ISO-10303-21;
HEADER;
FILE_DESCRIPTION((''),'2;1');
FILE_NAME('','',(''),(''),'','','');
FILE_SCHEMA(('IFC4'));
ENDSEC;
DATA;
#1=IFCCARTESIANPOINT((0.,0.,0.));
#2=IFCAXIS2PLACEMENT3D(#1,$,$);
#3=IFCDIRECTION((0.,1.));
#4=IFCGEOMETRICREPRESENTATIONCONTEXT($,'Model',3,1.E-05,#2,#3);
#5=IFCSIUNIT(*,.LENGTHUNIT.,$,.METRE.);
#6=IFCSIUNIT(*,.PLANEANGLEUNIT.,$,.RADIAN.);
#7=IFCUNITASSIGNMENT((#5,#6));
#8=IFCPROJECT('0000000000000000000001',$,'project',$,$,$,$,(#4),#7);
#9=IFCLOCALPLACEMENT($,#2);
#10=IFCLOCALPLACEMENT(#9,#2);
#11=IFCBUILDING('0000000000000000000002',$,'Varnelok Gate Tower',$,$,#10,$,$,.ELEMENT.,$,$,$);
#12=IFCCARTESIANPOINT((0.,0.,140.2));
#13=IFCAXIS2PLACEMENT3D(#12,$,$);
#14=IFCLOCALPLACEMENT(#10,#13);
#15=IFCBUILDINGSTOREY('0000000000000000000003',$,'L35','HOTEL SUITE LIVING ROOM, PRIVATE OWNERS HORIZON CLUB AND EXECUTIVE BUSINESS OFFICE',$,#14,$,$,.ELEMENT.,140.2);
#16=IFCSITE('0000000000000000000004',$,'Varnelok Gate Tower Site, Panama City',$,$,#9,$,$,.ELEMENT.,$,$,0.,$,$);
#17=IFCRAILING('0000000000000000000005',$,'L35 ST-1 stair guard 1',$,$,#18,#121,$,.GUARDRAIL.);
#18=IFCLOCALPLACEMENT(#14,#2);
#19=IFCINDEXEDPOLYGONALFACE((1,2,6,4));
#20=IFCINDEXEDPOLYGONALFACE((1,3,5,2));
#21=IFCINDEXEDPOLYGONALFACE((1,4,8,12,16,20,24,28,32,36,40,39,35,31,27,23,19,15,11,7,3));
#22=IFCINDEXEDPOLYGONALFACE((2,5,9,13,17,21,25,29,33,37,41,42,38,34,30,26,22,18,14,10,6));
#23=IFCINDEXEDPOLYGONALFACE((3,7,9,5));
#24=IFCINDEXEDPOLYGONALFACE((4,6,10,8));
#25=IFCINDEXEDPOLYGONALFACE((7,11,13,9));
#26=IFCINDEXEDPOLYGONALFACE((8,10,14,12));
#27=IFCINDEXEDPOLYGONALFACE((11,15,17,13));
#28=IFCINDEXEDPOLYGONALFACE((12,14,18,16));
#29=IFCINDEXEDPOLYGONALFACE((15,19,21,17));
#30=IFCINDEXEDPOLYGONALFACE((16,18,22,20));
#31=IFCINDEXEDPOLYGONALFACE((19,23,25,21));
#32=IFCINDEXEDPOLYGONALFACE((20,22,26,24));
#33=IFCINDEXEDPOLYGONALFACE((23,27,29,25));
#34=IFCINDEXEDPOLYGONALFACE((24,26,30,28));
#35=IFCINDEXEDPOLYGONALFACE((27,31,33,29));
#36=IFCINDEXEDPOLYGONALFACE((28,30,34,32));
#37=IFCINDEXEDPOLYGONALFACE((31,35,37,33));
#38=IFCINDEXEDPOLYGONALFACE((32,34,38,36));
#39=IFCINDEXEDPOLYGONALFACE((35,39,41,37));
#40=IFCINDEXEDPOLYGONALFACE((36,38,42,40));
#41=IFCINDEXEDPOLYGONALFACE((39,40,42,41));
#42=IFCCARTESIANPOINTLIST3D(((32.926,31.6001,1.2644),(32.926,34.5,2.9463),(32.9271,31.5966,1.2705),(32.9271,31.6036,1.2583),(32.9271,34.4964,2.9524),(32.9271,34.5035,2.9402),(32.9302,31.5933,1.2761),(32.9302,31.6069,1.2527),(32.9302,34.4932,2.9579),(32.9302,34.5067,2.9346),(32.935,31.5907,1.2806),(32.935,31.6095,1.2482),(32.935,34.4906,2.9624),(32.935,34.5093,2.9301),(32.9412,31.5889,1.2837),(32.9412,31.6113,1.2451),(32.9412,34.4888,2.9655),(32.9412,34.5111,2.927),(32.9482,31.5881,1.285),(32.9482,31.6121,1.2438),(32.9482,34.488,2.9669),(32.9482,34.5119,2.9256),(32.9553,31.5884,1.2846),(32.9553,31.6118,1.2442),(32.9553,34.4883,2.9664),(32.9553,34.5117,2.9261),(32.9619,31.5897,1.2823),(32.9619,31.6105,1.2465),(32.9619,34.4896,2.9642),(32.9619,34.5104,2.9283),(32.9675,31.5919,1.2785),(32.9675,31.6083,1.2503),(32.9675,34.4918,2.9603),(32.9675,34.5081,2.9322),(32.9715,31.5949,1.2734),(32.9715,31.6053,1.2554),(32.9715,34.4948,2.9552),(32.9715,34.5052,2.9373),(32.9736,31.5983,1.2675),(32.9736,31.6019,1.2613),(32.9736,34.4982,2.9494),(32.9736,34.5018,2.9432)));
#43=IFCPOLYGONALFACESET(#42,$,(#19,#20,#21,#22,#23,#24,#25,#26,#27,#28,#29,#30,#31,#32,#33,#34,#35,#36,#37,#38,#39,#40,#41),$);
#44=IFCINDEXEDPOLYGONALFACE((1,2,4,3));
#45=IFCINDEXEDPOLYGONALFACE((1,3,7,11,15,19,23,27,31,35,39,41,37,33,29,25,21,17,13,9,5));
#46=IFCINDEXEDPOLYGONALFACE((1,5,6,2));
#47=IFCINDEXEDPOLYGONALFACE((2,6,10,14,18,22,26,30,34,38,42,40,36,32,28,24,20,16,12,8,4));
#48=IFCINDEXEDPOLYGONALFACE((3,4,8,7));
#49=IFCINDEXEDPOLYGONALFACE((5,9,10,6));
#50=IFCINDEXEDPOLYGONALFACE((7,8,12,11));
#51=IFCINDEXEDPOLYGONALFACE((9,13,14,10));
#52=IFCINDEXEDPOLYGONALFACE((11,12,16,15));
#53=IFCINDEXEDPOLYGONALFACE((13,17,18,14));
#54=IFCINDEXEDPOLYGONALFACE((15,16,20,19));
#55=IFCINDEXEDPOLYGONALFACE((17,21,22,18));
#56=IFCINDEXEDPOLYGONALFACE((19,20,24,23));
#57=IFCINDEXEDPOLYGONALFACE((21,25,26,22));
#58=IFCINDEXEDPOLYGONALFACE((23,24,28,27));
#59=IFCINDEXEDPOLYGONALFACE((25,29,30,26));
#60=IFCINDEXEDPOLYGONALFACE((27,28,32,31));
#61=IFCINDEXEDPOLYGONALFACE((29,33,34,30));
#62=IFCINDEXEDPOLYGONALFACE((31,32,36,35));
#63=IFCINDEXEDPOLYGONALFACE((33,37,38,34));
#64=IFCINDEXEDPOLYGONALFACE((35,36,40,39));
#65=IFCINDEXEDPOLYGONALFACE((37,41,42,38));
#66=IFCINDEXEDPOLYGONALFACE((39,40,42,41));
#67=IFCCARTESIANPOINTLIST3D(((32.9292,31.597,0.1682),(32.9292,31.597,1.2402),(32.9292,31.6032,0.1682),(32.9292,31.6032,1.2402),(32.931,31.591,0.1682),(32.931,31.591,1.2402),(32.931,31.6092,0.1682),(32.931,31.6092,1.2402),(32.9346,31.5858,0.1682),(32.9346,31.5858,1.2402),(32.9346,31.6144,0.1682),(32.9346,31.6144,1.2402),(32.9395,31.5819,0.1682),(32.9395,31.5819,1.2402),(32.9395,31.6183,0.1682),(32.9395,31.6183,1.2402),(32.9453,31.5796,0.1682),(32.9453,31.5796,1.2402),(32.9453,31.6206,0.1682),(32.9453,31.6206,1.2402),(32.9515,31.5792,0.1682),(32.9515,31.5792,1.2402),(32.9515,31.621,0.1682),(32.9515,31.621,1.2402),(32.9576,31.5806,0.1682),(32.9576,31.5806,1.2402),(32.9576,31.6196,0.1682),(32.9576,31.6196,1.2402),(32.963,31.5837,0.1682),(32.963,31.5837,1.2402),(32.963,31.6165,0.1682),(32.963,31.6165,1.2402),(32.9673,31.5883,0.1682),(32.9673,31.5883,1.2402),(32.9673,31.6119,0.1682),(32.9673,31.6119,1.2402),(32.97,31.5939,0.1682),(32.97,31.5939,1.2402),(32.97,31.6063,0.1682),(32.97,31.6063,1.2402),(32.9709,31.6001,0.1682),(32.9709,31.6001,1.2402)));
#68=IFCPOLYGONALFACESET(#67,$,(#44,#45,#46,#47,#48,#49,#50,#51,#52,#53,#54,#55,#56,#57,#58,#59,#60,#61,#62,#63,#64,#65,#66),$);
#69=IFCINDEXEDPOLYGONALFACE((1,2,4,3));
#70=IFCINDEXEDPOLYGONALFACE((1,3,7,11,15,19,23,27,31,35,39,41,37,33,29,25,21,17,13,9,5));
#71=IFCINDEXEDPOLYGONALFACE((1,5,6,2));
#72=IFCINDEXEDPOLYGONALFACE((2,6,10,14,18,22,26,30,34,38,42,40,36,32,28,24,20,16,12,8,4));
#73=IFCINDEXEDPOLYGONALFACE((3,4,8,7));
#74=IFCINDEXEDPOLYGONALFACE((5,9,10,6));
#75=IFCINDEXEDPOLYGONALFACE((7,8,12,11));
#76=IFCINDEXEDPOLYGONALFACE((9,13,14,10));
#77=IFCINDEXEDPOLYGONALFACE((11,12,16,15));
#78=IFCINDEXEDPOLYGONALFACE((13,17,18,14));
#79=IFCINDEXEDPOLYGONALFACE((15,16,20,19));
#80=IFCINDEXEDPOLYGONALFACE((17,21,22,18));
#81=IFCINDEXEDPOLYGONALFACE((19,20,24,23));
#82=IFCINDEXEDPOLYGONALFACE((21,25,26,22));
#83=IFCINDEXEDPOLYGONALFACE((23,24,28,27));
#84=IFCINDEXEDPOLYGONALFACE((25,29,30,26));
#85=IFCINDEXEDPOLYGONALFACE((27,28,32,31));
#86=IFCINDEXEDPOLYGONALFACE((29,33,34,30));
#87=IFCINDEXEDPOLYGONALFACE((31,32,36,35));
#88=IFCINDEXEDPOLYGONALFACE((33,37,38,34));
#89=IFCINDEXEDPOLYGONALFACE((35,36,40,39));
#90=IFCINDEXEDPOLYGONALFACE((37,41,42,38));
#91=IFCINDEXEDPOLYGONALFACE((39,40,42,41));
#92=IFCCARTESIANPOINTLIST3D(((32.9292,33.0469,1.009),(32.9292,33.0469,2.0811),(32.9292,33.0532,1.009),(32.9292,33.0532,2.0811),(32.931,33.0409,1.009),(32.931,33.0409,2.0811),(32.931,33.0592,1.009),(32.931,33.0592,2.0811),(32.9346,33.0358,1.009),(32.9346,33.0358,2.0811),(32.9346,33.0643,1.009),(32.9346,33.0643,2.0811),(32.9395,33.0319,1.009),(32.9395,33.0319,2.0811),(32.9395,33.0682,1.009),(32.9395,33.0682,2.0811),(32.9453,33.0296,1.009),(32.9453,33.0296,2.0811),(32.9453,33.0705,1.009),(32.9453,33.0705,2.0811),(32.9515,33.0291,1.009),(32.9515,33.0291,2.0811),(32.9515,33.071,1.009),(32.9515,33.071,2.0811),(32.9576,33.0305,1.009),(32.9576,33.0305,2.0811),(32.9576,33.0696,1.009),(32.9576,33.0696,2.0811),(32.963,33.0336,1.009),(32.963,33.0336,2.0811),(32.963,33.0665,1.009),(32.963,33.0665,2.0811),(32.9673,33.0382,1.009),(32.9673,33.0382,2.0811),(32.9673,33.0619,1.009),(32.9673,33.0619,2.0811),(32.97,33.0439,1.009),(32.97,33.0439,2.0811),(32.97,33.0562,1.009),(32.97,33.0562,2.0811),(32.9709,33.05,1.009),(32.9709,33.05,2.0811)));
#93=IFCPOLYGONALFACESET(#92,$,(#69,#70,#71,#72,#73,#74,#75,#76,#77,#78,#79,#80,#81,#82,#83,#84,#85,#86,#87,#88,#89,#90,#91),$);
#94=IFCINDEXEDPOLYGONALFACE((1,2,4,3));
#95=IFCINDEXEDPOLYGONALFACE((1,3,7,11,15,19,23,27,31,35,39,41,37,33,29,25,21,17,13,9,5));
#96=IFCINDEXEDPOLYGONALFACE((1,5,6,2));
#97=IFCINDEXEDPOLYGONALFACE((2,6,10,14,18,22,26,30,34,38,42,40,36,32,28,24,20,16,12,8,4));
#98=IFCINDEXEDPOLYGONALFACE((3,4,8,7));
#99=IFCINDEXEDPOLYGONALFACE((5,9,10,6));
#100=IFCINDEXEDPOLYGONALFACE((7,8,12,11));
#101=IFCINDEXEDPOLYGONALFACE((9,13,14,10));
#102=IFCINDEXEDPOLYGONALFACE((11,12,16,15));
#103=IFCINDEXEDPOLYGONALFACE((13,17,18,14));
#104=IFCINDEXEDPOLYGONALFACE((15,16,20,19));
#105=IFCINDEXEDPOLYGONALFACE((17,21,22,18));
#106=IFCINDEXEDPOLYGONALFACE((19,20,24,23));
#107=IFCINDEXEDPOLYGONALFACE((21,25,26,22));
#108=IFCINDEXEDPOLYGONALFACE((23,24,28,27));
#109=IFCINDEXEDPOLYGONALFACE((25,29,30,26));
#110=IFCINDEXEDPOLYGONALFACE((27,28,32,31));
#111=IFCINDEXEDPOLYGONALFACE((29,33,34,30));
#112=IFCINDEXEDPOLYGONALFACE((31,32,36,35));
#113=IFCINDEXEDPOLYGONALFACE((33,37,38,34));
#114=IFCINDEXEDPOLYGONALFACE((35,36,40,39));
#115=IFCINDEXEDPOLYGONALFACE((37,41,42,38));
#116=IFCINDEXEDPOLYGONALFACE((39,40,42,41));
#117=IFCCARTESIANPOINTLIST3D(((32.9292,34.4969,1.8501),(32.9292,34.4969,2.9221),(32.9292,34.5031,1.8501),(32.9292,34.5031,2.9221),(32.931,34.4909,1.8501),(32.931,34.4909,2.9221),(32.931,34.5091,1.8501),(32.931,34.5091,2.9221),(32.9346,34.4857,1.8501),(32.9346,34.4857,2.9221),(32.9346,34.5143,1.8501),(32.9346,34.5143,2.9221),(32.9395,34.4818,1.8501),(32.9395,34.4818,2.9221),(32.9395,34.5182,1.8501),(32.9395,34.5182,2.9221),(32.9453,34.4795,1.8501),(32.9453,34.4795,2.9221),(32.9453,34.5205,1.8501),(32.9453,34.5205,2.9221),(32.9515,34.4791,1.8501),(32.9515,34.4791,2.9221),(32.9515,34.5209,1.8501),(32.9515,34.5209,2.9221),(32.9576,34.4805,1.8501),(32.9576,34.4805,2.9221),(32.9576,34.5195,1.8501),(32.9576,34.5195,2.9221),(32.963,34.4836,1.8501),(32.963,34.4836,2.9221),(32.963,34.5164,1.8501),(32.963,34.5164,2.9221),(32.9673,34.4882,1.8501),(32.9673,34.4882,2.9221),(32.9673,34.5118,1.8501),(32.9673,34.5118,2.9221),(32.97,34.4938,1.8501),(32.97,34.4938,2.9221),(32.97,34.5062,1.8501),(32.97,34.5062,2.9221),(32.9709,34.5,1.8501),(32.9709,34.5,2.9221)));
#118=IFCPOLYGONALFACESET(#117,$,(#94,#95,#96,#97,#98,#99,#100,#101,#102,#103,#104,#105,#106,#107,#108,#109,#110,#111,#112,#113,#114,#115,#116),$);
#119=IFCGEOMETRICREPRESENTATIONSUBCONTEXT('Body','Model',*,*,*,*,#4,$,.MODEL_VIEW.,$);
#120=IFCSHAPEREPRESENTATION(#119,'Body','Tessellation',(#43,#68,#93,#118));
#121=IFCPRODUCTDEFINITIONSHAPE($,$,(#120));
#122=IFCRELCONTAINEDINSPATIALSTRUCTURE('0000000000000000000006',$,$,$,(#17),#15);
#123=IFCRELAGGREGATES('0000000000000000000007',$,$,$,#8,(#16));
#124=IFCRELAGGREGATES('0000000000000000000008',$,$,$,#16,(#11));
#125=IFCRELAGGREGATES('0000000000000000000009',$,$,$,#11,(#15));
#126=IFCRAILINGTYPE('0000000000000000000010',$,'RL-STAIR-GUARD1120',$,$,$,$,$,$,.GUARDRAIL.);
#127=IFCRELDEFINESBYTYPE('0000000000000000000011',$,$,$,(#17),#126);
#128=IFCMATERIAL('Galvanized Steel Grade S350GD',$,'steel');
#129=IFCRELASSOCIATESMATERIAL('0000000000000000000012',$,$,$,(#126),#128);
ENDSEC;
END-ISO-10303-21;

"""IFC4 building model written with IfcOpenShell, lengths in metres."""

from ifc_helpers import new_model, si_unit, direction, frame, origin, origin_2d, place, context, subcontext, project, spatial, circle, extrude, material, type_object, element, save


model = new_model("IFC4")

# Units and contexts
model_context = context("Model", 3, precision=1e-05, world=origin(), true_north=direction((0.0, 1.0)))
body_context = subcontext(model_context, "Body", "Model", "MODEL_VIEW")
ifc_project = project(units=[si_unit("LENGTHUNIT", "METRE"), si_unit("PLANEANGLEUNIT", "RADIAN")], contexts=[model_context])

# Site, building, storey
site_placement = place(None, origin())
site = spatial("IfcSite", under=ifc_project, at=site_placement, Name="Varnelok Gate Tower Site, Panama City", CompositionType="ELEMENT", RefElevation=0.0)
building_placement = place(site_placement, origin())
building = spatial("IfcBuilding", under=site, at=building_placement, Name="Varnelok Gate Tower", CompositionType="ELEMENT")
storey_placement = place(building_placement, frame((0.0, 0.0, 140.2)))
storey = spatial("IfcBuildingStorey", under=building, at=storey_placement, Name="L35", Description="HOTEL SUITE LIVING ROOM, PRIVATE OWNERS HORIZON CLUB AND EXECUTIVE BUSINESS OFFICE", CompositionType="ELEMENT", Elevation=140.2)

# Shared definitions
ifc_material_1 = material(Name="Galvanized Steel Grade S350GD", Category="steel")

# Railing
railing_type_1 = type_object("IfcRailingType", Name="RL-STAIR-GUARD1120", PredefinedType="GUARDRAIL", material=ifc_material_1)
railing_1_placement = place(storey_placement, frame((32.95, 31.6001, 0.1682)))
element("IfcRailing", 1, at=railing_1_placement, inside=storey, type_object=railing_type_1, Name="L35 ST-1 stair guard 1", PredefinedType="GUARDRAIL", context=body_context, shape_type="SweptSolid", body=[
    extrude(circle(Radius=0.0239, at=origin_2d()), frame((0.0, 0.0, 1.0962), z_axis=(0.0, 0.865039, 0.501705), x_axis=(-1.0, 0.0, 0.0)), (0.0, 0.0, 1.0), 3.3523),
    extrude(circle(Radius=0.021, at=origin_2d()), origin(), (0.0, 0.0, 1.0), 1.072),
    extrude(circle(Radius=0.021, at=origin_2d()), frame((0.0, 1.45, 0.8408)), (0.0, 0.0, 1.0), 1.072),
    extrude(circle(Radius=0.021, at=origin_2d()), frame((0.0, 2.8999, 1.6819)), (0.0, 0.0, 1.0), 1.072),
])

save(model, "model.ifc")
